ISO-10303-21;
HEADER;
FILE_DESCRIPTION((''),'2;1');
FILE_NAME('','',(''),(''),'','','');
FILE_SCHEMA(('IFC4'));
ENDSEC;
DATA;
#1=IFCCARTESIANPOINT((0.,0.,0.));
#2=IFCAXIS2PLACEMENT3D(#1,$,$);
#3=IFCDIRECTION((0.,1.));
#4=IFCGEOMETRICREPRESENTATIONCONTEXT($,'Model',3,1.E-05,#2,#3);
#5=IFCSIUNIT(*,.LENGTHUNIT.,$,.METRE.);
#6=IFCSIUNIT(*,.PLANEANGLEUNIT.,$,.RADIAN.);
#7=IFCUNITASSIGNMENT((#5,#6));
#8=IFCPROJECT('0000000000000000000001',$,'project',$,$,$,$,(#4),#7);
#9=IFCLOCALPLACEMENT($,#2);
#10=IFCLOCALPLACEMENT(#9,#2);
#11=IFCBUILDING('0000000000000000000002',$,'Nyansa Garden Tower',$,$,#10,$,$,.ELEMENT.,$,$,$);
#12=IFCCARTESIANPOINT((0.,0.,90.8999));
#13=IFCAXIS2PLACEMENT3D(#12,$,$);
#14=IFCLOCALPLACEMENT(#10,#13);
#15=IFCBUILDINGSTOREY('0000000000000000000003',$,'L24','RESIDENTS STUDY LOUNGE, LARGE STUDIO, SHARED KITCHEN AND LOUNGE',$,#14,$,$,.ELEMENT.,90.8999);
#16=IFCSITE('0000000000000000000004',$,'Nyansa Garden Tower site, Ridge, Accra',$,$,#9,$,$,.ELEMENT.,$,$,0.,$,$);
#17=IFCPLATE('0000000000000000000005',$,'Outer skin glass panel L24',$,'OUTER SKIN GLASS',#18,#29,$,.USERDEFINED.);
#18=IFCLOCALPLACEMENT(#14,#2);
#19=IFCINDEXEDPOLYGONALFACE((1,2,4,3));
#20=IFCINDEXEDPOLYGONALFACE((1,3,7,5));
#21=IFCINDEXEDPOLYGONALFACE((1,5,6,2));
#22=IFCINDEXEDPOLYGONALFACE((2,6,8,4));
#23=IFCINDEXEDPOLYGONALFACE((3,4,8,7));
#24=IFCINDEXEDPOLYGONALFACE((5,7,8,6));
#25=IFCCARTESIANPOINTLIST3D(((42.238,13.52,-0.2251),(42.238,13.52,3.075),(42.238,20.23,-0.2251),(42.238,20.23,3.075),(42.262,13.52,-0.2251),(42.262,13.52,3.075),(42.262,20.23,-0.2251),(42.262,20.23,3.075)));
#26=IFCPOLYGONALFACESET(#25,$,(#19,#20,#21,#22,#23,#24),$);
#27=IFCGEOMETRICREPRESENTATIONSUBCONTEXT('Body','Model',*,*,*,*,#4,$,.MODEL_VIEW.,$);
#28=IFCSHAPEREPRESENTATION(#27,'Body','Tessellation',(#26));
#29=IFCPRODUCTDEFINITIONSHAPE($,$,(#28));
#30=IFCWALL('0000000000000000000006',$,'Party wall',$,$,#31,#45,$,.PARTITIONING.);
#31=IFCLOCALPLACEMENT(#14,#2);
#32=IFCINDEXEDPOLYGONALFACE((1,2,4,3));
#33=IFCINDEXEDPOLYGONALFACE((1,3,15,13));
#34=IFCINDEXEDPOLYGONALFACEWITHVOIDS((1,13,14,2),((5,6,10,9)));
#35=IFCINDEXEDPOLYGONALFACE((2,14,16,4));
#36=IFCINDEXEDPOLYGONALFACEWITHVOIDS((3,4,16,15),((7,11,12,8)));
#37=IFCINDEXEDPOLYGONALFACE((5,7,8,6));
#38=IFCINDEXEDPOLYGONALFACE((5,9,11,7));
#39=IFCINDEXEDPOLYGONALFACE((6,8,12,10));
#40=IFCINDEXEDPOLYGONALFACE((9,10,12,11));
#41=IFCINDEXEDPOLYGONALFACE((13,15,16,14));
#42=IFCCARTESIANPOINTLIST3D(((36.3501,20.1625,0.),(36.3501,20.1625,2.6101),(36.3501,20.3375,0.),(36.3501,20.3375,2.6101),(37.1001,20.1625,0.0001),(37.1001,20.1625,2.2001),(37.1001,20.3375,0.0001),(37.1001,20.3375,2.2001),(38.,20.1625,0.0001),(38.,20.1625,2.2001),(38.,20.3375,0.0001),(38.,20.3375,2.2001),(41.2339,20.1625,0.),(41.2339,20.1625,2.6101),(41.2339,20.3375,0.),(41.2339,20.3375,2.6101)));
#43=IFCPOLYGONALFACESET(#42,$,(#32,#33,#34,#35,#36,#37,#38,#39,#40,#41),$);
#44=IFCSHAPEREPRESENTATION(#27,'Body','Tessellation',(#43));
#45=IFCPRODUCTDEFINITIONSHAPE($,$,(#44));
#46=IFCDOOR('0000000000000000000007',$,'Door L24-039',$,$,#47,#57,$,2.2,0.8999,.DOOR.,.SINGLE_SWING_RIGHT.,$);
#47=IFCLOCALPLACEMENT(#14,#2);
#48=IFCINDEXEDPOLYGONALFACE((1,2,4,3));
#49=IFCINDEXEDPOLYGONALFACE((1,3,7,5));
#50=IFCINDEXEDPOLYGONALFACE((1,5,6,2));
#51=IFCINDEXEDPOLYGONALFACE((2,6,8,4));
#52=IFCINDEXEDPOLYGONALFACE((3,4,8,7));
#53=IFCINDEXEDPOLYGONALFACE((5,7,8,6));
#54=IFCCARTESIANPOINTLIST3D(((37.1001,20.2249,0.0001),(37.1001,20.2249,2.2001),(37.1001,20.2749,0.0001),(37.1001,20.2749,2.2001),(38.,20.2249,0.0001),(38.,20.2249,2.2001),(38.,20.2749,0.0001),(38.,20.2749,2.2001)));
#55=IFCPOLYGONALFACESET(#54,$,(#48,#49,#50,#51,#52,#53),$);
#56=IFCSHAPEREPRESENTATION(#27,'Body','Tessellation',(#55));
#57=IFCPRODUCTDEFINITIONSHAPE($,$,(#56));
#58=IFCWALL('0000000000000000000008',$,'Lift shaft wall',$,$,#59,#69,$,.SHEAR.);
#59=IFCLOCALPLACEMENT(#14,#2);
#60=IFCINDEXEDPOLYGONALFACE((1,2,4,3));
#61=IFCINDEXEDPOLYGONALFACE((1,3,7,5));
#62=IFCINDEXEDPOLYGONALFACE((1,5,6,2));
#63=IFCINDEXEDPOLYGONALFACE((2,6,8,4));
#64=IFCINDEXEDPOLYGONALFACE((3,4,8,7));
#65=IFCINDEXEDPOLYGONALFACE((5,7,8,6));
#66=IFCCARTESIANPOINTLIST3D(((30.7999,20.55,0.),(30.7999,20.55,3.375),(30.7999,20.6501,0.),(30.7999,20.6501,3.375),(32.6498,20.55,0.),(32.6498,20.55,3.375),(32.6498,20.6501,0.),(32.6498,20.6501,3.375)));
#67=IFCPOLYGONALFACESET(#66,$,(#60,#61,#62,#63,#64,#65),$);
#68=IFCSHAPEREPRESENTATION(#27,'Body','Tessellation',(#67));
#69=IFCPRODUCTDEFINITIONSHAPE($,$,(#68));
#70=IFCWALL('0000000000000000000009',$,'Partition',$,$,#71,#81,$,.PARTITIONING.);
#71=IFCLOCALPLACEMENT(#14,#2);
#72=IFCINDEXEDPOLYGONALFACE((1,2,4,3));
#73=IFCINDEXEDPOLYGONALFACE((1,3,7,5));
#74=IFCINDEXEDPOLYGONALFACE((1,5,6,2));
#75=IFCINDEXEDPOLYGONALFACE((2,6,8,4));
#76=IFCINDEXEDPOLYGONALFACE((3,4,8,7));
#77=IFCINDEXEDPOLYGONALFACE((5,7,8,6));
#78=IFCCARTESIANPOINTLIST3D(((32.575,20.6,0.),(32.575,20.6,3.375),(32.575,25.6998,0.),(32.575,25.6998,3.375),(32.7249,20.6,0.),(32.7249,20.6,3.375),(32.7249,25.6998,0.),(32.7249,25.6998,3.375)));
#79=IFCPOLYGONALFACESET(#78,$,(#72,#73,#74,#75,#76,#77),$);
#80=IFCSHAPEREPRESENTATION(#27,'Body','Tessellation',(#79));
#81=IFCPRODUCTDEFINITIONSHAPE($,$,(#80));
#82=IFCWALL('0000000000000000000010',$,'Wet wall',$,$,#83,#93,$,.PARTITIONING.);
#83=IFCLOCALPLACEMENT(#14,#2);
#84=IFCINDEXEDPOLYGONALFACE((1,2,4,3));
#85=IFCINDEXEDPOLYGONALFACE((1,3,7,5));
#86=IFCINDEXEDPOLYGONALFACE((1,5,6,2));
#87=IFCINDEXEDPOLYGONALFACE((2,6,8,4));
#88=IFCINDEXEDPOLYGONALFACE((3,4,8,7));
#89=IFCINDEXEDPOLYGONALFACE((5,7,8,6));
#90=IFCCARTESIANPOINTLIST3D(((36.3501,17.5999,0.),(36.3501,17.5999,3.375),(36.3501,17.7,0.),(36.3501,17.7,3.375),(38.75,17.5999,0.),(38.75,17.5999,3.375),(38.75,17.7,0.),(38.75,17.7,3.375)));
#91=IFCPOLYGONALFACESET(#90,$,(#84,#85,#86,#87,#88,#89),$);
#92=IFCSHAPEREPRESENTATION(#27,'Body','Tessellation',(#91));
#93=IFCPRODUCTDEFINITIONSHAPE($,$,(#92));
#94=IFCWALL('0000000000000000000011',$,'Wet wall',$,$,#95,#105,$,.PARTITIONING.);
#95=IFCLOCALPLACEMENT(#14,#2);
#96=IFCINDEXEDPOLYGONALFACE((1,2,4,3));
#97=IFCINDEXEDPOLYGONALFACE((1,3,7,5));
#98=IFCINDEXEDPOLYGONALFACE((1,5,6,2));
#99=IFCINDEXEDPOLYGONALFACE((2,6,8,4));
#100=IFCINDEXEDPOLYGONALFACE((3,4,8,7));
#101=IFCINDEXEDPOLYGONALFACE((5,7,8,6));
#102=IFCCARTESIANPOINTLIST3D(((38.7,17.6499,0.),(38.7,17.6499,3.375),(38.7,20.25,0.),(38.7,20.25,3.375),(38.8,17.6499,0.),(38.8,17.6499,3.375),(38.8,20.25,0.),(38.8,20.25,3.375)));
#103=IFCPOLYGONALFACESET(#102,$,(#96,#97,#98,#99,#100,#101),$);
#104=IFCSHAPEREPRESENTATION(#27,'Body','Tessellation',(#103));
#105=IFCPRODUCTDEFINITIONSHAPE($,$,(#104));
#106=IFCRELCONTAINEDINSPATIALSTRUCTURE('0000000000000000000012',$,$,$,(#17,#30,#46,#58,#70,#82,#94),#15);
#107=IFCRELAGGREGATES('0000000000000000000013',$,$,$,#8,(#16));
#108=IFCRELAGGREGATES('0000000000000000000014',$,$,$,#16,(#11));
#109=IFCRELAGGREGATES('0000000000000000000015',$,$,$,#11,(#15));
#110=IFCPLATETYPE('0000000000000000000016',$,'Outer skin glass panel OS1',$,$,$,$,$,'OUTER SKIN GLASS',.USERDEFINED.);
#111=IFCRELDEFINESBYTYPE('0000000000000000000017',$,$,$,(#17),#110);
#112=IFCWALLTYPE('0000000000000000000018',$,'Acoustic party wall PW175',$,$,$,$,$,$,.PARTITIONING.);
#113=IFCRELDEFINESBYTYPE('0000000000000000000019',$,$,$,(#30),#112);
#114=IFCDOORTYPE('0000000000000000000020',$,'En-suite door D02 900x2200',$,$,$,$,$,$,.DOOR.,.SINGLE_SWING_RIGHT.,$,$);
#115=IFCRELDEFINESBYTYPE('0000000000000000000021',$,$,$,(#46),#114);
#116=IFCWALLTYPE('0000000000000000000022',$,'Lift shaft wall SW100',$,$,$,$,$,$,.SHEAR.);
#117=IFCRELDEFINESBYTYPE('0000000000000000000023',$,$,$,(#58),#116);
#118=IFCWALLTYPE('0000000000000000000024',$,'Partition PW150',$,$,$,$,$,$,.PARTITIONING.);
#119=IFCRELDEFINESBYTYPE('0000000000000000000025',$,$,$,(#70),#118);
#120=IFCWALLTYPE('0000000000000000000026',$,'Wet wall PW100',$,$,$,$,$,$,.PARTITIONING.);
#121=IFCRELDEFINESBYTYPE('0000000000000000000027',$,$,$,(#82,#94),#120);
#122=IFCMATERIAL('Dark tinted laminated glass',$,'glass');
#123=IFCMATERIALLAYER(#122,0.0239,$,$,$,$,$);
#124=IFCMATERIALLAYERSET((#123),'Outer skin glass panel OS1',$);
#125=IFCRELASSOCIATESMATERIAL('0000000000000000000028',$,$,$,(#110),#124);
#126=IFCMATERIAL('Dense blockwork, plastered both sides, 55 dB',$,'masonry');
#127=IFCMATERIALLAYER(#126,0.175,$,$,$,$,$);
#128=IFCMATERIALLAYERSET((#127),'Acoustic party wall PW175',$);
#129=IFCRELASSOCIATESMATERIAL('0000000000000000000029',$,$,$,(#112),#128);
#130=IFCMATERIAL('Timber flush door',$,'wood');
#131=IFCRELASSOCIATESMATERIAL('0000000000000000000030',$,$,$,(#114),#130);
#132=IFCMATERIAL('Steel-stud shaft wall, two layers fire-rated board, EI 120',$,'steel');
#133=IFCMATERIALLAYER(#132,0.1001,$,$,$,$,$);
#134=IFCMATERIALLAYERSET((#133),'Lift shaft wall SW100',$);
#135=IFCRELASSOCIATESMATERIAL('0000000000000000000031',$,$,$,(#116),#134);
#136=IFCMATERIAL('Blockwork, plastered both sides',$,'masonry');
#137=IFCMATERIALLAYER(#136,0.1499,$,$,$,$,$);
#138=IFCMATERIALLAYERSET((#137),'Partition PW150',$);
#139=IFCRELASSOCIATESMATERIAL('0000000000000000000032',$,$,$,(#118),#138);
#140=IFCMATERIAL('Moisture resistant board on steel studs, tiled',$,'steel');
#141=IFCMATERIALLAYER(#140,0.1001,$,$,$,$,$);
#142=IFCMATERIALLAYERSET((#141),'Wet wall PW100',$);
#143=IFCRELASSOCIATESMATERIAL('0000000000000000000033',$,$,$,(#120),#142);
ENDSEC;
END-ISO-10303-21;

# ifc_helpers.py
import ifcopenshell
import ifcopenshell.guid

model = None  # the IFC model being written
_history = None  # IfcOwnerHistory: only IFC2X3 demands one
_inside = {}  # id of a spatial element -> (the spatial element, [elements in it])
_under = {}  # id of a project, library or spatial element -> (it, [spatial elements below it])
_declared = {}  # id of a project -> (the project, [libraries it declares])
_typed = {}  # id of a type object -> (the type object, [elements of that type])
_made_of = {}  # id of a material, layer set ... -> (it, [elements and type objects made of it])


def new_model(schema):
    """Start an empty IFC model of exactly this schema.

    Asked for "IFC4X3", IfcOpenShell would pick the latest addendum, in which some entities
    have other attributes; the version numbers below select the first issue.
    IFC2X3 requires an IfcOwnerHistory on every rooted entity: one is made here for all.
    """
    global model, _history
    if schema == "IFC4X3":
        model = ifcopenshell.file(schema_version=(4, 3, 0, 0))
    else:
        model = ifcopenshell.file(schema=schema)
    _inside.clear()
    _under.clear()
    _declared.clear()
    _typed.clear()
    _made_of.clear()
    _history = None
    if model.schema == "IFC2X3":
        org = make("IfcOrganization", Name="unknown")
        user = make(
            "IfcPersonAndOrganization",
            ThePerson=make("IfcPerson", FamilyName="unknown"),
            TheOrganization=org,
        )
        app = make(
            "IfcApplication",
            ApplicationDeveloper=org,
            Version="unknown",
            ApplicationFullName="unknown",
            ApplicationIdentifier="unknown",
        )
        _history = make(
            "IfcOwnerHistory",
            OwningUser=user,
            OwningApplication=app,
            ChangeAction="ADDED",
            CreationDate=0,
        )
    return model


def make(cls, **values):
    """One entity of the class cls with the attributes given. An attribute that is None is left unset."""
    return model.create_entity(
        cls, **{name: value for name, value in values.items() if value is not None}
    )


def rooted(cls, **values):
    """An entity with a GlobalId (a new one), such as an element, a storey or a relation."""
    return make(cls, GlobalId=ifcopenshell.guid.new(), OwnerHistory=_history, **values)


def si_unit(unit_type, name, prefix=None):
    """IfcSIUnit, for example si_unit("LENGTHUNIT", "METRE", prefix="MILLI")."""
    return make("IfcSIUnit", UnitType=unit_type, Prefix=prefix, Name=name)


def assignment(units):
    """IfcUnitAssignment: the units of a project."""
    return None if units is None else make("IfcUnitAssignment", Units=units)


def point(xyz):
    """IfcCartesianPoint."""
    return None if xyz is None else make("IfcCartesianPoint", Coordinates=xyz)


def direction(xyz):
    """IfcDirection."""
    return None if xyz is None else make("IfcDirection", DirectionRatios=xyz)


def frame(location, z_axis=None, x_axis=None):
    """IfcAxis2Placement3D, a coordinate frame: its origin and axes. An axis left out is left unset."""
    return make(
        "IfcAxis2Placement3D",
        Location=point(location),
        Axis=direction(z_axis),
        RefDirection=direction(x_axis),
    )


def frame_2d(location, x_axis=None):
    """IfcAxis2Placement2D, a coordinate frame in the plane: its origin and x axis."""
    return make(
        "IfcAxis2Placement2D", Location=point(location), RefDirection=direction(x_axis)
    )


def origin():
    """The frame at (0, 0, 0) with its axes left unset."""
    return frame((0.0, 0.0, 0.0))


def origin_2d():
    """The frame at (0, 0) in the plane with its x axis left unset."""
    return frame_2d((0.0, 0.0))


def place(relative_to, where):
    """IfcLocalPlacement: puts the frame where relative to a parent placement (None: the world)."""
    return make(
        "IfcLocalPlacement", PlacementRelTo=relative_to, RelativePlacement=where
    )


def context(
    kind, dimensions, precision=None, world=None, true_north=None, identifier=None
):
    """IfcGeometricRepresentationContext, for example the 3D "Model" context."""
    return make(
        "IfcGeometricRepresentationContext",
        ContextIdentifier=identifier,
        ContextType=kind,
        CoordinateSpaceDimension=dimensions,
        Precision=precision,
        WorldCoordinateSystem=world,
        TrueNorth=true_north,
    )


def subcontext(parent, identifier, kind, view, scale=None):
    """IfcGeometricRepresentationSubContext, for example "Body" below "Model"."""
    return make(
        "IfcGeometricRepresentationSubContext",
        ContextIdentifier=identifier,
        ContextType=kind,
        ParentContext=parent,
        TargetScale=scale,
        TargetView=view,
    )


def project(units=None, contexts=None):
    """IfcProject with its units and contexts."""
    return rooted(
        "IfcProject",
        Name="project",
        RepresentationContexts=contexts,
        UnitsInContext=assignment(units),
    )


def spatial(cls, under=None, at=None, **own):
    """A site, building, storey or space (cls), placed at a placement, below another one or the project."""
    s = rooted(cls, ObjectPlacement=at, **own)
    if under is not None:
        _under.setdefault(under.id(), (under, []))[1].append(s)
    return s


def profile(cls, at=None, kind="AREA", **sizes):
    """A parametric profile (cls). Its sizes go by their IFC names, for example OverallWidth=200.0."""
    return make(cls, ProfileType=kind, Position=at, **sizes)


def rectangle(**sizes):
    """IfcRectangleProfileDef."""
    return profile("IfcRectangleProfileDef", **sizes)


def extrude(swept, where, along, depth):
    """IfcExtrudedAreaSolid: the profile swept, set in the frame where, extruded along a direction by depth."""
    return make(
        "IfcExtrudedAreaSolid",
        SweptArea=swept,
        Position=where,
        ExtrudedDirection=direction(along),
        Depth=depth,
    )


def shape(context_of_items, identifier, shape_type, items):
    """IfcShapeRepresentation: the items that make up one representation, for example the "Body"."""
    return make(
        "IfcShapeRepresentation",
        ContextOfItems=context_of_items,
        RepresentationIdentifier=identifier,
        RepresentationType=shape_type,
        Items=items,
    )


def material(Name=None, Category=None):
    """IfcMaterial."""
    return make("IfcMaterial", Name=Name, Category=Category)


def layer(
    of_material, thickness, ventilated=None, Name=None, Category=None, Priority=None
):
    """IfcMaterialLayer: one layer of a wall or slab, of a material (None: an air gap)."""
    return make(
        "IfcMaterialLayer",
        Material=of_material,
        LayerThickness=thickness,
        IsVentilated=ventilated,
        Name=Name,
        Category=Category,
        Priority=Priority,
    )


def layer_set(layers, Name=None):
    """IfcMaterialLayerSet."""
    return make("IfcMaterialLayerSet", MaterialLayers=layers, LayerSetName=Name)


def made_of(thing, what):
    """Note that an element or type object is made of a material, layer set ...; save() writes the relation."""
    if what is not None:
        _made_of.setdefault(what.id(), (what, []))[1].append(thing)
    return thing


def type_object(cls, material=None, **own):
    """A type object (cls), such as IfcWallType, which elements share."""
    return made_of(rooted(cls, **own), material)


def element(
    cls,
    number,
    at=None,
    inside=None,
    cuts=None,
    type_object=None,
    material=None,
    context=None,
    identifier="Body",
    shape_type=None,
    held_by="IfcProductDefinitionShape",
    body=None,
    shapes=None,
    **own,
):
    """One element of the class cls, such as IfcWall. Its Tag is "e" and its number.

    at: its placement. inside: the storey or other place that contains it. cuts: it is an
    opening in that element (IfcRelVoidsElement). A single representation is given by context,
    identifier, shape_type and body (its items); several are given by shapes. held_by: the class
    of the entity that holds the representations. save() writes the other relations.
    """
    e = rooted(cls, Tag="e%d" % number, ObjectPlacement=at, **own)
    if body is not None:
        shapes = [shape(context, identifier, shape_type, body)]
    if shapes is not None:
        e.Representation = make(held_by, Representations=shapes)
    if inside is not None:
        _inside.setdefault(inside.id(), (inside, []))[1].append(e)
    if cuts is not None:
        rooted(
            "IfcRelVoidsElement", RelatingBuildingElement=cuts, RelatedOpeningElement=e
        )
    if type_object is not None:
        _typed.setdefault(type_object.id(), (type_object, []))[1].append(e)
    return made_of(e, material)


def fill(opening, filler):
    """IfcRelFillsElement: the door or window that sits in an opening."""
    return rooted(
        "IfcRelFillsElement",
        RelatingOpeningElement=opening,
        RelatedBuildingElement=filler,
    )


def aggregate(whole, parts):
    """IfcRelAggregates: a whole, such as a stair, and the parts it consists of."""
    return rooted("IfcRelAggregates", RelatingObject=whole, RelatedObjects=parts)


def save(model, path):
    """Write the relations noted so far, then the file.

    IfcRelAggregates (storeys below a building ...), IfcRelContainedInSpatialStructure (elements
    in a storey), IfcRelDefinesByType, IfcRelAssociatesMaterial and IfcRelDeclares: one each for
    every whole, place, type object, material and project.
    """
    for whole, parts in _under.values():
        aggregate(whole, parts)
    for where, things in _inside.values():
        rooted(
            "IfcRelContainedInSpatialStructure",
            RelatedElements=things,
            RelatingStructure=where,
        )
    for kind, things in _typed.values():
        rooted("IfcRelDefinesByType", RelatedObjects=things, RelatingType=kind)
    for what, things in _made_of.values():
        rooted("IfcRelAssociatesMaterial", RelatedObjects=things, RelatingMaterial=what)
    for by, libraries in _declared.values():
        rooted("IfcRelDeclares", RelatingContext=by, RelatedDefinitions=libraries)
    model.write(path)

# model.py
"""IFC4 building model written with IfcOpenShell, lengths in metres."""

from ifc_helpers import new_model, si_unit, direction, frame, frame_2d, origin, origin_2d, place, context, subcontext, project, spatial, rectangle, extrude, material, layer, layer_set, type_object, element, fill, save


model = new_model("IFC4")

# Units and contexts
model_context = context("Model", 3, precision=1e-05, world=origin(), true_north=direction((0.0, 1.0)))
body_context = subcontext(model_context, "Body", "Model", "MODEL_VIEW")
ifc_project = project(units=[si_unit("LENGTHUNIT", "METRE"), si_unit("PLANEANGLEUNIT", "RADIAN")], contexts=[model_context])

# Site, building, storey
site_placement = place(None, origin())
site = spatial("IfcSite", under=ifc_project, at=site_placement, Name="Nyansa Garden Tower site, Ridge, Accra", CompositionType="ELEMENT", RefElevation=0.0)
building_placement = place(site_placement, origin())
building = spatial("IfcBuilding", under=site, at=building_placement, Name="Nyansa Garden Tower", CompositionType="ELEMENT")
storey_placement = place(building_placement, frame((0.0, 0.0, 90.8999)))
storey = spatial("IfcBuildingStorey", under=building, at=storey_placement, Name="L24", Description="RESIDENTS STUDY LOUNGE, LARGE STUDIO, SHARED KITCHEN AND LOUNGE", CompositionType="ELEMENT", Elevation=90.8999)

# Plate
ifc_material_1 = material(Name="Dark tinted laminated glass", Category="glass")
ifc_layer_1 = layer(ifc_material_1, 0.0239)
ifc_layer_set_1 = layer_set([ifc_layer_1], Name="Outer skin glass panel OS1")
plate_type_1 = type_object("IfcPlateType", Name="Outer skin glass panel OS1", ElementType="OUTER SKIN GLASS", PredefinedType="USERDEFINED", material=ifc_layer_set_1)
plate_1_placement = place(storey_placement, frame((42.25, 16.875, -0.2251), z_axis=(0.0, 0.0, 1.0), x_axis=(0.0, 1.0, 0.0)))
element("IfcPlate", 1, at=plate_1_placement, inside=storey, type_object=plate_type_1, Name="Outer skin glass panel L24", ObjectType="OUTER SKIN GLASS", PredefinedType="USERDEFINED", context=body_context, shape_type="SweptSolid", body=[
    extrude(rectangle(XDim=6.71, YDim=0.0239, at=origin_2d()), origin(), (0.0, 0.0, 1.0), 3.3),
])

# Wall, opening, door
ifc_material_2 = material(Name="Dense blockwork, plastered both sides, 55 dB", Category="masonry")
ifc_layer_2 = layer(ifc_material_2, 0.175)
ifc_layer_set_2 = layer_set([ifc_layer_2], Name="Acoustic party wall PW175")
wall_type_1 = type_object("IfcWallType", Name="Acoustic party wall PW175", PredefinedType="PARTITIONING", material=ifc_layer_set_2)
wall_1_placement = place(storey_placement, frame((36.3501, 20.25, 0.0), z_axis=(0.0, 0.0, 1.0), x_axis=(1.0, 0.0, 0.0)))
wall_1 = element("IfcWall", 2, at=wall_1_placement, inside=storey, type_object=wall_type_1, Name="Party wall", PredefinedType="PARTITIONING", context=body_context, shape_type="SweptSolid", body=[
    extrude(rectangle(XDim=4.8838, YDim=0.175, at=frame_2d((2.4419, 0.0))), origin(), (0.0, 0.0, 1.0), 2.6101),
])
opening_placement = place(wall_1_placement, frame((0.75, 0.0, 0.0)))
opening = element("IfcOpeningElement", 3, at=opening_placement, cuts=wall_1, PredefinedType="OPENING", context=body_context, shape_type="SweptSolid", body=[
    extrude(rectangle(XDim=0.8999, YDim=2.2, at=frame_2d((0.45, 1.1001))), frame((0.0, 0.0974, 0.0), z_axis=(0.0, -1.0, 0.0), x_axis=(1.0, 0.0, 0.0)), (0.0, 0.0, 1.0), 0.1951),
])
ifc_material_3 = material(Name="Timber flush door", Category="wood")
door_type = type_object("IfcDoorType", Name="En-suite door D02 900x2200", OperationType="SINGLE_SWING_RIGHT", PredefinedType="DOOR", material=ifc_material_3)
door_placement = place(opening_placement, origin())
door = element("IfcDoor", 4, at=door_placement, inside=storey, type_object=door_type, Name="Door L24-039", OperationType="SINGLE_SWING_RIGHT", OverallHeight=2.2, OverallWidth=0.8999, PredefinedType="DOOR", context=body_context, shape_type="SweptSolid", body=[
    extrude(rectangle(XDim=0.8999, YDim=2.2, at=frame_2d((0.45, 1.1001))), frame((0.0, 0.0249, 0.0), z_axis=(0.0, -1.0, 0.0), x_axis=(1.0, 0.0, 0.0)), (0.0, 0.0, 1.0), 0.05),
])
fill(opening, door)

# Walls
ifc_material_4 = material(Name="Steel-stud shaft wall, two layers fire-rated board, EI 120", Category="steel")
ifc_layer_3 = layer(ifc_material_4, 0.1001)
ifc_layer_set_3 = layer_set([ifc_layer_3], Name="Lift shaft wall SW100")
wall_type_2 = type_object("IfcWallType", Name="Lift shaft wall SW100", PredefinedType="SHEAR", material=ifc_layer_set_3)
wall_2_placement = place(storey_placement, frame((30.8, 20.6001, 0.0), z_axis=(0.0, 0.0, 1.0), x_axis=(1.0, 0.0, 0.0)))
element("IfcWall", 5, at=wall_2_placement, inside=storey, type_object=wall_type_2, Name="Lift shaft wall", PredefinedType="SHEAR", context=body_context, shape_type="SweptSolid", body=[
    extrude(rectangle(XDim=1.8499, YDim=0.1001, at=frame_2d((0.9248, 0.0))), origin(), (0.0, 0.0, 1.0), 3.375),
])
ifc_material_5 = material(Name="Blockwork, plastered both sides", Category="masonry")
ifc_layer_4 = layer(ifc_material_5, 0.1499)
ifc_layer_set_4 = layer_set([ifc_layer_4], Name="Partition PW150")
wall_type_3 = type_object("IfcWallType", Name="Partition PW150", PredefinedType="PARTITIONING", material=ifc_layer_set_4)
wall_3_placement = place(storey_placement, frame((32.6499, 20.6001, 0.0), z_axis=(0.0, 0.0, 1.0), x_axis=(0.0, 1.0, 0.0)))
element("IfcWall", 6, at=wall_3_placement, inside=storey, type_object=wall_type_3, Name="Partition", PredefinedType="PARTITIONING", context=body_context, shape_type="SweptSolid", body=[
    extrude(rectangle(XDim=5.0999, YDim=0.1499, at=frame_2d((2.5498, 0.0))), origin(), (0.0, 0.0, 1.0), 3.375),
])
ifc_material_6 = material(Name="Moisture resistant board on steel studs, tiled", Category="steel")
ifc_layer_5 = layer(ifc_material_6, 0.1001)
ifc_layer_set_5 = layer_set([ifc_layer_5], Name="Wet wall PW100")
wall_type_4 = type_object("IfcWallType", Name="Wet wall PW100", PredefinedType="PARTITIONING", material=ifc_layer_set_5)
wall_4_placement = place(storey_placement, frame((36.3501, 17.6499, 0.0), z_axis=(0.0, 0.0, 1.0), x_axis=(1.0, 0.0, 0.0)))
element("IfcWall", 7, at=wall_4_placement, inside=storey, type_object=wall_type_4, Name="Wet wall", PredefinedType="PARTITIONING", context=body_context, shape_type="SweptSolid", body=[
    extrude(rectangle(XDim=2.3999, YDim=0.1001, at=frame_2d((1.2, 0.0))), origin(), (0.0, 0.0, 1.0), 3.375),
])
wall_5_placement = place(storey_placement, frame((38.75, 17.6499, 0.0), z_axis=(0.0, 0.0, 1.0), x_axis=(0.0, 1.0, 0.0)))
element("IfcWall", 8, at=wall_5_placement, inside=storey, type_object=wall_type_4, Name="Wet wall", PredefinedType="PARTITIONING", context=body_context, shape_type="SweptSolid", body=[
    extrude(rectangle(XDim=2.6001, YDim=0.1001, at=frame_2d((1.3, 0.0))), origin(), (0.0, 0.0, 1.0), 3.375),
])

save(model, "model.ifc")
